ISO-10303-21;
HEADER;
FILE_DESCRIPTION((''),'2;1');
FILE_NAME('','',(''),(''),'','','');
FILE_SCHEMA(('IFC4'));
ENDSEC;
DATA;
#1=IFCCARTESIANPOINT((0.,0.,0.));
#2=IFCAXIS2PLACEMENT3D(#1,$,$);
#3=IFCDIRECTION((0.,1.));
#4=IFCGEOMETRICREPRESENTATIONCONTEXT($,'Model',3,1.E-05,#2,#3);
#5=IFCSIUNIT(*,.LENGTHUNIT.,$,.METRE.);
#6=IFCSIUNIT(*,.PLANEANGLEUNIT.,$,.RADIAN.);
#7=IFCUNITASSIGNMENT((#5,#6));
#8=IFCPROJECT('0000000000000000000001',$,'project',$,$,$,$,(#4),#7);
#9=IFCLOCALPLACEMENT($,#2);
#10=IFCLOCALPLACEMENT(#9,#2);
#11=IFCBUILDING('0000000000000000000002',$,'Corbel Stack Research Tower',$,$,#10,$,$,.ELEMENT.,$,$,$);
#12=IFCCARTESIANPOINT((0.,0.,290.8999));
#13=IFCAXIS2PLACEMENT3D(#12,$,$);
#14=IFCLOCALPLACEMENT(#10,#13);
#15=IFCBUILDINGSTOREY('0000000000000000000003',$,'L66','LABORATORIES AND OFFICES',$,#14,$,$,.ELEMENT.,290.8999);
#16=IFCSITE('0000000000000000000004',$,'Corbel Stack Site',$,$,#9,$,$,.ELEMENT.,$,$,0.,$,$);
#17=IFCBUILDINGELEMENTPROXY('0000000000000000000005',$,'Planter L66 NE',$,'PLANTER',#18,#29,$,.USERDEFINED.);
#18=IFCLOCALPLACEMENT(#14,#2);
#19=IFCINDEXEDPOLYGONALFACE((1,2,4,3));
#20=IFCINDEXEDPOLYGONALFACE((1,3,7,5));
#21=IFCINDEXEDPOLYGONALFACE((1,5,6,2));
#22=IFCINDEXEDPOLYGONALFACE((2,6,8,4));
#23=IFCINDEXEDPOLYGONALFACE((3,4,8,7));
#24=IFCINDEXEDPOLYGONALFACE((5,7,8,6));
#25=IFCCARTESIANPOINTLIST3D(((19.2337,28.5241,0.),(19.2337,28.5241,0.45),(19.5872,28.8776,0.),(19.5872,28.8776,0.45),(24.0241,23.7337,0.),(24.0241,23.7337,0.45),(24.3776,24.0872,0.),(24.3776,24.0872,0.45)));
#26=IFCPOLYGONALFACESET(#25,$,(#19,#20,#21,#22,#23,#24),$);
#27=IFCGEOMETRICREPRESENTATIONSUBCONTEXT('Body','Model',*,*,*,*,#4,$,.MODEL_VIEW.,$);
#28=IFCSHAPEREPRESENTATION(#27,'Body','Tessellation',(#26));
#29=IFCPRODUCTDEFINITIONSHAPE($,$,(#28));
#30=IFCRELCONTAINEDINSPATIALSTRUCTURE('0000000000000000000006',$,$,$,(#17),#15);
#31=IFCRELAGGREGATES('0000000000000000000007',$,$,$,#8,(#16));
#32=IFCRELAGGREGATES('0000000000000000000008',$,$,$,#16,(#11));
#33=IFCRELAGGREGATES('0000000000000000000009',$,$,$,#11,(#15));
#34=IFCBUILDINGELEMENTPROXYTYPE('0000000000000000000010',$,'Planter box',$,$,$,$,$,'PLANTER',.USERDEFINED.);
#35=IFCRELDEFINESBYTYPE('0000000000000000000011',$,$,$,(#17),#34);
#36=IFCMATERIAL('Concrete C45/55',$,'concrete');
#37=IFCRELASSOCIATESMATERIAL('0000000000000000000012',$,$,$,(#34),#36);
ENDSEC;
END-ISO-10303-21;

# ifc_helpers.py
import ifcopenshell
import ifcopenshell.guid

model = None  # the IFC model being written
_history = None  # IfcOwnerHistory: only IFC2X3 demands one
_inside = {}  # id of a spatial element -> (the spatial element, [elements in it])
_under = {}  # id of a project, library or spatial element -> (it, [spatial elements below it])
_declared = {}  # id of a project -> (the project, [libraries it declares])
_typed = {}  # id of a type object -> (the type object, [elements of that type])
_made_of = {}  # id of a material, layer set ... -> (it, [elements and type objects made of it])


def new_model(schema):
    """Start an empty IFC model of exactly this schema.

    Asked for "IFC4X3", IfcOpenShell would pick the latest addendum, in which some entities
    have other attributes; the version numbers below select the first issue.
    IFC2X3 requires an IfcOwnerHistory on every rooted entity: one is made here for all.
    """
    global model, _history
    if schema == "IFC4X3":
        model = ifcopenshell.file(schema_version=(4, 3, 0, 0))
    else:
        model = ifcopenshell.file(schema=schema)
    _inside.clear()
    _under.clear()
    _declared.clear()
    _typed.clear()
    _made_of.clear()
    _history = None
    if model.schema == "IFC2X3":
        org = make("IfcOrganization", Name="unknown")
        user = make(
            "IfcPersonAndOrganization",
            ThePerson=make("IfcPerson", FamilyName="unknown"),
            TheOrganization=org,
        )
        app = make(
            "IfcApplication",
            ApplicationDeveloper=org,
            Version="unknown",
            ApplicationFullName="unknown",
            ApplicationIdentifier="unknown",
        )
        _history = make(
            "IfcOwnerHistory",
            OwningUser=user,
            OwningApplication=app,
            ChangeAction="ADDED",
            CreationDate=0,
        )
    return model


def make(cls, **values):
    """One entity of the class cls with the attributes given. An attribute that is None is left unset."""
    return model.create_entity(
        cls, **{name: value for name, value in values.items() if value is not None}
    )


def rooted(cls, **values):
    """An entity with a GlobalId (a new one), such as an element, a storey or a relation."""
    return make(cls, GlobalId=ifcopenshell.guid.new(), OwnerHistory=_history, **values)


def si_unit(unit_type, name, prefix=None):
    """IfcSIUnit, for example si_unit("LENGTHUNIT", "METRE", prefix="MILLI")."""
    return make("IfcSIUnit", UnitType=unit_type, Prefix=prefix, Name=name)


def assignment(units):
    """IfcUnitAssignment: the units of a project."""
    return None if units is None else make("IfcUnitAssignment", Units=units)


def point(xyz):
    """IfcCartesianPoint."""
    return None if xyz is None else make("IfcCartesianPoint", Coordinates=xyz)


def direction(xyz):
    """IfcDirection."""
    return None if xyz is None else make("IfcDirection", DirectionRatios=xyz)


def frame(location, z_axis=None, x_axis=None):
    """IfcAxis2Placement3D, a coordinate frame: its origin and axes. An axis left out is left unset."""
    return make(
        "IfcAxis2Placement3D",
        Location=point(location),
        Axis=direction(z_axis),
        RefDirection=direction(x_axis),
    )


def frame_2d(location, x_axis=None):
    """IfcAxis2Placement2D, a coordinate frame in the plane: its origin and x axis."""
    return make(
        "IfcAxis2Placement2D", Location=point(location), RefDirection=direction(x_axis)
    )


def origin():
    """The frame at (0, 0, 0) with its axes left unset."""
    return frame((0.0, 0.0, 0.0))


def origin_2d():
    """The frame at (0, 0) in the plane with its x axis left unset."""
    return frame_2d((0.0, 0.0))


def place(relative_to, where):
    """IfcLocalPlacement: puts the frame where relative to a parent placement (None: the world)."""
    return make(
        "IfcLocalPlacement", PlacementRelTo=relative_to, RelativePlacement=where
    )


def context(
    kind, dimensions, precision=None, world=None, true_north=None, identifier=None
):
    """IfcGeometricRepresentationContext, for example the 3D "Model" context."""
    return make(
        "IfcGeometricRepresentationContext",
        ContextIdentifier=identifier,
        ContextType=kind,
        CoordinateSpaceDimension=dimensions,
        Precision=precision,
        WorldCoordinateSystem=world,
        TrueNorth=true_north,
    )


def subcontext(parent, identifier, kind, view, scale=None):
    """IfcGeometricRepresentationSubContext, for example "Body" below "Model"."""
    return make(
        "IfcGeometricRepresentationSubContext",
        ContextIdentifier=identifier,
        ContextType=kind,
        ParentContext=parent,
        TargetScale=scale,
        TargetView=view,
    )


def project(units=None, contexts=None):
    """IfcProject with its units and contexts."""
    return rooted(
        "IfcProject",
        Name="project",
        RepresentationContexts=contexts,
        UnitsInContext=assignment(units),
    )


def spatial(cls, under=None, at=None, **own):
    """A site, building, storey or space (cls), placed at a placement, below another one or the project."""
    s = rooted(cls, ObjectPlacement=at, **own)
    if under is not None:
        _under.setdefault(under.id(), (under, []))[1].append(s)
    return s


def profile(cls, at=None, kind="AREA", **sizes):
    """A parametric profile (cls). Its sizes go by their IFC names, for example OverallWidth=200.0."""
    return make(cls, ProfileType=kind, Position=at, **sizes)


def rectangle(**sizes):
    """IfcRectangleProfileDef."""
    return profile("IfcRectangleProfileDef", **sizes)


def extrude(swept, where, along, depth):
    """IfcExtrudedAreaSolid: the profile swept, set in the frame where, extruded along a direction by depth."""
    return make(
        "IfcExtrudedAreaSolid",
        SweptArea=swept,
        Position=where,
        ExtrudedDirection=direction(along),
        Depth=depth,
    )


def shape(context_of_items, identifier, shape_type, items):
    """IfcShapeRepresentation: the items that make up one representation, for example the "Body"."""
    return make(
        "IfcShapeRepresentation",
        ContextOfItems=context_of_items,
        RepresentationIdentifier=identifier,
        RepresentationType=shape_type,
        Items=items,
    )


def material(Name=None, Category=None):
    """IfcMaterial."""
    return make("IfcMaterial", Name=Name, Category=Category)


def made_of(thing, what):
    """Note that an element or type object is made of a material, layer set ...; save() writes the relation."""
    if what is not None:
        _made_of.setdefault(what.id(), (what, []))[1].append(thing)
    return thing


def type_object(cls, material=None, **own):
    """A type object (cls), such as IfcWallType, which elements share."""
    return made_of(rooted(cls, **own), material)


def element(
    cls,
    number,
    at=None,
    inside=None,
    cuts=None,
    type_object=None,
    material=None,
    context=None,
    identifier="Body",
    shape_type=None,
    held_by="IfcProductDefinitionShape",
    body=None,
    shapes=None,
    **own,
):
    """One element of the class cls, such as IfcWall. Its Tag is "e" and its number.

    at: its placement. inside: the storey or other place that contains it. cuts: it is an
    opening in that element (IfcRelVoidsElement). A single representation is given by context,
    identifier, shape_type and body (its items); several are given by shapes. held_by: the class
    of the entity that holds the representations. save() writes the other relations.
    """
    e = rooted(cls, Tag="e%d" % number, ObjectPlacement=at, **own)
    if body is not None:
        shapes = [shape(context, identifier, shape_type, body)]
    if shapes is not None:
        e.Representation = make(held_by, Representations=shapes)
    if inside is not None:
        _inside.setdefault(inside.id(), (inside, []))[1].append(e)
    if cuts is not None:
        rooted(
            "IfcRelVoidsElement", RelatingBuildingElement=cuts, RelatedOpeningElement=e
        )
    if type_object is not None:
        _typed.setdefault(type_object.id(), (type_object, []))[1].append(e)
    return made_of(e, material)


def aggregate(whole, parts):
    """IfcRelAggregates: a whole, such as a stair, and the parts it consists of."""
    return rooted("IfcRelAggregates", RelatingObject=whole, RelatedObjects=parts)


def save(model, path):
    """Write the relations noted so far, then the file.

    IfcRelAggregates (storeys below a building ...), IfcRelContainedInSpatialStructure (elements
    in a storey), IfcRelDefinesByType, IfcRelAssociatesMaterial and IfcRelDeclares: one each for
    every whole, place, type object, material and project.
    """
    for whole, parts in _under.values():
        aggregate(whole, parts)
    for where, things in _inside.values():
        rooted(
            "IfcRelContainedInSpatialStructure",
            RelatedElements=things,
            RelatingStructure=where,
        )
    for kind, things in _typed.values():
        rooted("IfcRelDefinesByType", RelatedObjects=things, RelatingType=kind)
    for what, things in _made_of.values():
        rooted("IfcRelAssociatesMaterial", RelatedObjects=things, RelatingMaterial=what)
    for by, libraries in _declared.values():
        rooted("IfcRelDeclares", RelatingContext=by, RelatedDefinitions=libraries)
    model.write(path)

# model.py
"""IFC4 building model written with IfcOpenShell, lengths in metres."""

from ifc_helpers import new_model, si_unit, direction, frame, origin, origin_2d, place, context, subcontext, project, spatial, rectangle, extrude, material, type_object, element, save


model = new_model("IFC4")

# Units and contexts
model_context = context("Model", 3, precision=1e-05, world=origin(), true_north=direction((0.0, 1.0)))
body_context = subcontext(model_context, "Body", "Model", "MODEL_VIEW")
ifc_project = project(units=[si_unit("LENGTHUNIT", "METRE"), si_unit("PLANEANGLEUNIT", "RADIAN")], contexts=[model_context])

# Site, building, storey
site_placement = place(None, origin())
site = spatial("IfcSite", under=ifc_project, at=site_placement, Name="Corbel Stack Site", CompositionType="ELEMENT", RefElevation=0.0)
building_placement = place(site_placement, origin())
building = spatial("IfcBuilding", under=site, at=building_placement, Name="Corbel Stack Research Tower", CompositionType="ELEMENT")
storey_placement = place(building_placement, frame((0.0, 0.0, 290.8999)))
storey = spatial("IfcBuildingStorey", under=building, at=storey_placement, Name="L66", Description="LABORATORIES AND OFFICES", CompositionType="ELEMENT", Elevation=290.8999)

# Building element proxy
ifc_material_1 = material(Name="Concrete C45/55", Category="concrete")
building_element_proxy_type = type_object("IfcBuildingElementProxyType", Name="Planter box", ElementType="PLANTER", PredefinedType="USERDEFINED", material=ifc_material_1)
proxy_placement = place(storey_placement, frame((21.8057, 26.3057, 0.0), z_axis=(0.0, 0.0, 1.0), x_axis=(-0.707107, 0.707107, 0.0)))
element("IfcBuildingElementProxy", 1, at=proxy_placement, inside=storey, type_object=building_element_proxy_type, Name="Planter L66 NE", ObjectType="PLANTER", PredefinedType="USERDEFINED", context=body_context, shape_type="SweptSolid", body=[
    extrude(rectangle(XDim=6.7747, YDim=0.5, at=origin_2d()), origin(), (0.0, 0.0, 1.0), 0.45),
])

save(model, "model.ifc")
